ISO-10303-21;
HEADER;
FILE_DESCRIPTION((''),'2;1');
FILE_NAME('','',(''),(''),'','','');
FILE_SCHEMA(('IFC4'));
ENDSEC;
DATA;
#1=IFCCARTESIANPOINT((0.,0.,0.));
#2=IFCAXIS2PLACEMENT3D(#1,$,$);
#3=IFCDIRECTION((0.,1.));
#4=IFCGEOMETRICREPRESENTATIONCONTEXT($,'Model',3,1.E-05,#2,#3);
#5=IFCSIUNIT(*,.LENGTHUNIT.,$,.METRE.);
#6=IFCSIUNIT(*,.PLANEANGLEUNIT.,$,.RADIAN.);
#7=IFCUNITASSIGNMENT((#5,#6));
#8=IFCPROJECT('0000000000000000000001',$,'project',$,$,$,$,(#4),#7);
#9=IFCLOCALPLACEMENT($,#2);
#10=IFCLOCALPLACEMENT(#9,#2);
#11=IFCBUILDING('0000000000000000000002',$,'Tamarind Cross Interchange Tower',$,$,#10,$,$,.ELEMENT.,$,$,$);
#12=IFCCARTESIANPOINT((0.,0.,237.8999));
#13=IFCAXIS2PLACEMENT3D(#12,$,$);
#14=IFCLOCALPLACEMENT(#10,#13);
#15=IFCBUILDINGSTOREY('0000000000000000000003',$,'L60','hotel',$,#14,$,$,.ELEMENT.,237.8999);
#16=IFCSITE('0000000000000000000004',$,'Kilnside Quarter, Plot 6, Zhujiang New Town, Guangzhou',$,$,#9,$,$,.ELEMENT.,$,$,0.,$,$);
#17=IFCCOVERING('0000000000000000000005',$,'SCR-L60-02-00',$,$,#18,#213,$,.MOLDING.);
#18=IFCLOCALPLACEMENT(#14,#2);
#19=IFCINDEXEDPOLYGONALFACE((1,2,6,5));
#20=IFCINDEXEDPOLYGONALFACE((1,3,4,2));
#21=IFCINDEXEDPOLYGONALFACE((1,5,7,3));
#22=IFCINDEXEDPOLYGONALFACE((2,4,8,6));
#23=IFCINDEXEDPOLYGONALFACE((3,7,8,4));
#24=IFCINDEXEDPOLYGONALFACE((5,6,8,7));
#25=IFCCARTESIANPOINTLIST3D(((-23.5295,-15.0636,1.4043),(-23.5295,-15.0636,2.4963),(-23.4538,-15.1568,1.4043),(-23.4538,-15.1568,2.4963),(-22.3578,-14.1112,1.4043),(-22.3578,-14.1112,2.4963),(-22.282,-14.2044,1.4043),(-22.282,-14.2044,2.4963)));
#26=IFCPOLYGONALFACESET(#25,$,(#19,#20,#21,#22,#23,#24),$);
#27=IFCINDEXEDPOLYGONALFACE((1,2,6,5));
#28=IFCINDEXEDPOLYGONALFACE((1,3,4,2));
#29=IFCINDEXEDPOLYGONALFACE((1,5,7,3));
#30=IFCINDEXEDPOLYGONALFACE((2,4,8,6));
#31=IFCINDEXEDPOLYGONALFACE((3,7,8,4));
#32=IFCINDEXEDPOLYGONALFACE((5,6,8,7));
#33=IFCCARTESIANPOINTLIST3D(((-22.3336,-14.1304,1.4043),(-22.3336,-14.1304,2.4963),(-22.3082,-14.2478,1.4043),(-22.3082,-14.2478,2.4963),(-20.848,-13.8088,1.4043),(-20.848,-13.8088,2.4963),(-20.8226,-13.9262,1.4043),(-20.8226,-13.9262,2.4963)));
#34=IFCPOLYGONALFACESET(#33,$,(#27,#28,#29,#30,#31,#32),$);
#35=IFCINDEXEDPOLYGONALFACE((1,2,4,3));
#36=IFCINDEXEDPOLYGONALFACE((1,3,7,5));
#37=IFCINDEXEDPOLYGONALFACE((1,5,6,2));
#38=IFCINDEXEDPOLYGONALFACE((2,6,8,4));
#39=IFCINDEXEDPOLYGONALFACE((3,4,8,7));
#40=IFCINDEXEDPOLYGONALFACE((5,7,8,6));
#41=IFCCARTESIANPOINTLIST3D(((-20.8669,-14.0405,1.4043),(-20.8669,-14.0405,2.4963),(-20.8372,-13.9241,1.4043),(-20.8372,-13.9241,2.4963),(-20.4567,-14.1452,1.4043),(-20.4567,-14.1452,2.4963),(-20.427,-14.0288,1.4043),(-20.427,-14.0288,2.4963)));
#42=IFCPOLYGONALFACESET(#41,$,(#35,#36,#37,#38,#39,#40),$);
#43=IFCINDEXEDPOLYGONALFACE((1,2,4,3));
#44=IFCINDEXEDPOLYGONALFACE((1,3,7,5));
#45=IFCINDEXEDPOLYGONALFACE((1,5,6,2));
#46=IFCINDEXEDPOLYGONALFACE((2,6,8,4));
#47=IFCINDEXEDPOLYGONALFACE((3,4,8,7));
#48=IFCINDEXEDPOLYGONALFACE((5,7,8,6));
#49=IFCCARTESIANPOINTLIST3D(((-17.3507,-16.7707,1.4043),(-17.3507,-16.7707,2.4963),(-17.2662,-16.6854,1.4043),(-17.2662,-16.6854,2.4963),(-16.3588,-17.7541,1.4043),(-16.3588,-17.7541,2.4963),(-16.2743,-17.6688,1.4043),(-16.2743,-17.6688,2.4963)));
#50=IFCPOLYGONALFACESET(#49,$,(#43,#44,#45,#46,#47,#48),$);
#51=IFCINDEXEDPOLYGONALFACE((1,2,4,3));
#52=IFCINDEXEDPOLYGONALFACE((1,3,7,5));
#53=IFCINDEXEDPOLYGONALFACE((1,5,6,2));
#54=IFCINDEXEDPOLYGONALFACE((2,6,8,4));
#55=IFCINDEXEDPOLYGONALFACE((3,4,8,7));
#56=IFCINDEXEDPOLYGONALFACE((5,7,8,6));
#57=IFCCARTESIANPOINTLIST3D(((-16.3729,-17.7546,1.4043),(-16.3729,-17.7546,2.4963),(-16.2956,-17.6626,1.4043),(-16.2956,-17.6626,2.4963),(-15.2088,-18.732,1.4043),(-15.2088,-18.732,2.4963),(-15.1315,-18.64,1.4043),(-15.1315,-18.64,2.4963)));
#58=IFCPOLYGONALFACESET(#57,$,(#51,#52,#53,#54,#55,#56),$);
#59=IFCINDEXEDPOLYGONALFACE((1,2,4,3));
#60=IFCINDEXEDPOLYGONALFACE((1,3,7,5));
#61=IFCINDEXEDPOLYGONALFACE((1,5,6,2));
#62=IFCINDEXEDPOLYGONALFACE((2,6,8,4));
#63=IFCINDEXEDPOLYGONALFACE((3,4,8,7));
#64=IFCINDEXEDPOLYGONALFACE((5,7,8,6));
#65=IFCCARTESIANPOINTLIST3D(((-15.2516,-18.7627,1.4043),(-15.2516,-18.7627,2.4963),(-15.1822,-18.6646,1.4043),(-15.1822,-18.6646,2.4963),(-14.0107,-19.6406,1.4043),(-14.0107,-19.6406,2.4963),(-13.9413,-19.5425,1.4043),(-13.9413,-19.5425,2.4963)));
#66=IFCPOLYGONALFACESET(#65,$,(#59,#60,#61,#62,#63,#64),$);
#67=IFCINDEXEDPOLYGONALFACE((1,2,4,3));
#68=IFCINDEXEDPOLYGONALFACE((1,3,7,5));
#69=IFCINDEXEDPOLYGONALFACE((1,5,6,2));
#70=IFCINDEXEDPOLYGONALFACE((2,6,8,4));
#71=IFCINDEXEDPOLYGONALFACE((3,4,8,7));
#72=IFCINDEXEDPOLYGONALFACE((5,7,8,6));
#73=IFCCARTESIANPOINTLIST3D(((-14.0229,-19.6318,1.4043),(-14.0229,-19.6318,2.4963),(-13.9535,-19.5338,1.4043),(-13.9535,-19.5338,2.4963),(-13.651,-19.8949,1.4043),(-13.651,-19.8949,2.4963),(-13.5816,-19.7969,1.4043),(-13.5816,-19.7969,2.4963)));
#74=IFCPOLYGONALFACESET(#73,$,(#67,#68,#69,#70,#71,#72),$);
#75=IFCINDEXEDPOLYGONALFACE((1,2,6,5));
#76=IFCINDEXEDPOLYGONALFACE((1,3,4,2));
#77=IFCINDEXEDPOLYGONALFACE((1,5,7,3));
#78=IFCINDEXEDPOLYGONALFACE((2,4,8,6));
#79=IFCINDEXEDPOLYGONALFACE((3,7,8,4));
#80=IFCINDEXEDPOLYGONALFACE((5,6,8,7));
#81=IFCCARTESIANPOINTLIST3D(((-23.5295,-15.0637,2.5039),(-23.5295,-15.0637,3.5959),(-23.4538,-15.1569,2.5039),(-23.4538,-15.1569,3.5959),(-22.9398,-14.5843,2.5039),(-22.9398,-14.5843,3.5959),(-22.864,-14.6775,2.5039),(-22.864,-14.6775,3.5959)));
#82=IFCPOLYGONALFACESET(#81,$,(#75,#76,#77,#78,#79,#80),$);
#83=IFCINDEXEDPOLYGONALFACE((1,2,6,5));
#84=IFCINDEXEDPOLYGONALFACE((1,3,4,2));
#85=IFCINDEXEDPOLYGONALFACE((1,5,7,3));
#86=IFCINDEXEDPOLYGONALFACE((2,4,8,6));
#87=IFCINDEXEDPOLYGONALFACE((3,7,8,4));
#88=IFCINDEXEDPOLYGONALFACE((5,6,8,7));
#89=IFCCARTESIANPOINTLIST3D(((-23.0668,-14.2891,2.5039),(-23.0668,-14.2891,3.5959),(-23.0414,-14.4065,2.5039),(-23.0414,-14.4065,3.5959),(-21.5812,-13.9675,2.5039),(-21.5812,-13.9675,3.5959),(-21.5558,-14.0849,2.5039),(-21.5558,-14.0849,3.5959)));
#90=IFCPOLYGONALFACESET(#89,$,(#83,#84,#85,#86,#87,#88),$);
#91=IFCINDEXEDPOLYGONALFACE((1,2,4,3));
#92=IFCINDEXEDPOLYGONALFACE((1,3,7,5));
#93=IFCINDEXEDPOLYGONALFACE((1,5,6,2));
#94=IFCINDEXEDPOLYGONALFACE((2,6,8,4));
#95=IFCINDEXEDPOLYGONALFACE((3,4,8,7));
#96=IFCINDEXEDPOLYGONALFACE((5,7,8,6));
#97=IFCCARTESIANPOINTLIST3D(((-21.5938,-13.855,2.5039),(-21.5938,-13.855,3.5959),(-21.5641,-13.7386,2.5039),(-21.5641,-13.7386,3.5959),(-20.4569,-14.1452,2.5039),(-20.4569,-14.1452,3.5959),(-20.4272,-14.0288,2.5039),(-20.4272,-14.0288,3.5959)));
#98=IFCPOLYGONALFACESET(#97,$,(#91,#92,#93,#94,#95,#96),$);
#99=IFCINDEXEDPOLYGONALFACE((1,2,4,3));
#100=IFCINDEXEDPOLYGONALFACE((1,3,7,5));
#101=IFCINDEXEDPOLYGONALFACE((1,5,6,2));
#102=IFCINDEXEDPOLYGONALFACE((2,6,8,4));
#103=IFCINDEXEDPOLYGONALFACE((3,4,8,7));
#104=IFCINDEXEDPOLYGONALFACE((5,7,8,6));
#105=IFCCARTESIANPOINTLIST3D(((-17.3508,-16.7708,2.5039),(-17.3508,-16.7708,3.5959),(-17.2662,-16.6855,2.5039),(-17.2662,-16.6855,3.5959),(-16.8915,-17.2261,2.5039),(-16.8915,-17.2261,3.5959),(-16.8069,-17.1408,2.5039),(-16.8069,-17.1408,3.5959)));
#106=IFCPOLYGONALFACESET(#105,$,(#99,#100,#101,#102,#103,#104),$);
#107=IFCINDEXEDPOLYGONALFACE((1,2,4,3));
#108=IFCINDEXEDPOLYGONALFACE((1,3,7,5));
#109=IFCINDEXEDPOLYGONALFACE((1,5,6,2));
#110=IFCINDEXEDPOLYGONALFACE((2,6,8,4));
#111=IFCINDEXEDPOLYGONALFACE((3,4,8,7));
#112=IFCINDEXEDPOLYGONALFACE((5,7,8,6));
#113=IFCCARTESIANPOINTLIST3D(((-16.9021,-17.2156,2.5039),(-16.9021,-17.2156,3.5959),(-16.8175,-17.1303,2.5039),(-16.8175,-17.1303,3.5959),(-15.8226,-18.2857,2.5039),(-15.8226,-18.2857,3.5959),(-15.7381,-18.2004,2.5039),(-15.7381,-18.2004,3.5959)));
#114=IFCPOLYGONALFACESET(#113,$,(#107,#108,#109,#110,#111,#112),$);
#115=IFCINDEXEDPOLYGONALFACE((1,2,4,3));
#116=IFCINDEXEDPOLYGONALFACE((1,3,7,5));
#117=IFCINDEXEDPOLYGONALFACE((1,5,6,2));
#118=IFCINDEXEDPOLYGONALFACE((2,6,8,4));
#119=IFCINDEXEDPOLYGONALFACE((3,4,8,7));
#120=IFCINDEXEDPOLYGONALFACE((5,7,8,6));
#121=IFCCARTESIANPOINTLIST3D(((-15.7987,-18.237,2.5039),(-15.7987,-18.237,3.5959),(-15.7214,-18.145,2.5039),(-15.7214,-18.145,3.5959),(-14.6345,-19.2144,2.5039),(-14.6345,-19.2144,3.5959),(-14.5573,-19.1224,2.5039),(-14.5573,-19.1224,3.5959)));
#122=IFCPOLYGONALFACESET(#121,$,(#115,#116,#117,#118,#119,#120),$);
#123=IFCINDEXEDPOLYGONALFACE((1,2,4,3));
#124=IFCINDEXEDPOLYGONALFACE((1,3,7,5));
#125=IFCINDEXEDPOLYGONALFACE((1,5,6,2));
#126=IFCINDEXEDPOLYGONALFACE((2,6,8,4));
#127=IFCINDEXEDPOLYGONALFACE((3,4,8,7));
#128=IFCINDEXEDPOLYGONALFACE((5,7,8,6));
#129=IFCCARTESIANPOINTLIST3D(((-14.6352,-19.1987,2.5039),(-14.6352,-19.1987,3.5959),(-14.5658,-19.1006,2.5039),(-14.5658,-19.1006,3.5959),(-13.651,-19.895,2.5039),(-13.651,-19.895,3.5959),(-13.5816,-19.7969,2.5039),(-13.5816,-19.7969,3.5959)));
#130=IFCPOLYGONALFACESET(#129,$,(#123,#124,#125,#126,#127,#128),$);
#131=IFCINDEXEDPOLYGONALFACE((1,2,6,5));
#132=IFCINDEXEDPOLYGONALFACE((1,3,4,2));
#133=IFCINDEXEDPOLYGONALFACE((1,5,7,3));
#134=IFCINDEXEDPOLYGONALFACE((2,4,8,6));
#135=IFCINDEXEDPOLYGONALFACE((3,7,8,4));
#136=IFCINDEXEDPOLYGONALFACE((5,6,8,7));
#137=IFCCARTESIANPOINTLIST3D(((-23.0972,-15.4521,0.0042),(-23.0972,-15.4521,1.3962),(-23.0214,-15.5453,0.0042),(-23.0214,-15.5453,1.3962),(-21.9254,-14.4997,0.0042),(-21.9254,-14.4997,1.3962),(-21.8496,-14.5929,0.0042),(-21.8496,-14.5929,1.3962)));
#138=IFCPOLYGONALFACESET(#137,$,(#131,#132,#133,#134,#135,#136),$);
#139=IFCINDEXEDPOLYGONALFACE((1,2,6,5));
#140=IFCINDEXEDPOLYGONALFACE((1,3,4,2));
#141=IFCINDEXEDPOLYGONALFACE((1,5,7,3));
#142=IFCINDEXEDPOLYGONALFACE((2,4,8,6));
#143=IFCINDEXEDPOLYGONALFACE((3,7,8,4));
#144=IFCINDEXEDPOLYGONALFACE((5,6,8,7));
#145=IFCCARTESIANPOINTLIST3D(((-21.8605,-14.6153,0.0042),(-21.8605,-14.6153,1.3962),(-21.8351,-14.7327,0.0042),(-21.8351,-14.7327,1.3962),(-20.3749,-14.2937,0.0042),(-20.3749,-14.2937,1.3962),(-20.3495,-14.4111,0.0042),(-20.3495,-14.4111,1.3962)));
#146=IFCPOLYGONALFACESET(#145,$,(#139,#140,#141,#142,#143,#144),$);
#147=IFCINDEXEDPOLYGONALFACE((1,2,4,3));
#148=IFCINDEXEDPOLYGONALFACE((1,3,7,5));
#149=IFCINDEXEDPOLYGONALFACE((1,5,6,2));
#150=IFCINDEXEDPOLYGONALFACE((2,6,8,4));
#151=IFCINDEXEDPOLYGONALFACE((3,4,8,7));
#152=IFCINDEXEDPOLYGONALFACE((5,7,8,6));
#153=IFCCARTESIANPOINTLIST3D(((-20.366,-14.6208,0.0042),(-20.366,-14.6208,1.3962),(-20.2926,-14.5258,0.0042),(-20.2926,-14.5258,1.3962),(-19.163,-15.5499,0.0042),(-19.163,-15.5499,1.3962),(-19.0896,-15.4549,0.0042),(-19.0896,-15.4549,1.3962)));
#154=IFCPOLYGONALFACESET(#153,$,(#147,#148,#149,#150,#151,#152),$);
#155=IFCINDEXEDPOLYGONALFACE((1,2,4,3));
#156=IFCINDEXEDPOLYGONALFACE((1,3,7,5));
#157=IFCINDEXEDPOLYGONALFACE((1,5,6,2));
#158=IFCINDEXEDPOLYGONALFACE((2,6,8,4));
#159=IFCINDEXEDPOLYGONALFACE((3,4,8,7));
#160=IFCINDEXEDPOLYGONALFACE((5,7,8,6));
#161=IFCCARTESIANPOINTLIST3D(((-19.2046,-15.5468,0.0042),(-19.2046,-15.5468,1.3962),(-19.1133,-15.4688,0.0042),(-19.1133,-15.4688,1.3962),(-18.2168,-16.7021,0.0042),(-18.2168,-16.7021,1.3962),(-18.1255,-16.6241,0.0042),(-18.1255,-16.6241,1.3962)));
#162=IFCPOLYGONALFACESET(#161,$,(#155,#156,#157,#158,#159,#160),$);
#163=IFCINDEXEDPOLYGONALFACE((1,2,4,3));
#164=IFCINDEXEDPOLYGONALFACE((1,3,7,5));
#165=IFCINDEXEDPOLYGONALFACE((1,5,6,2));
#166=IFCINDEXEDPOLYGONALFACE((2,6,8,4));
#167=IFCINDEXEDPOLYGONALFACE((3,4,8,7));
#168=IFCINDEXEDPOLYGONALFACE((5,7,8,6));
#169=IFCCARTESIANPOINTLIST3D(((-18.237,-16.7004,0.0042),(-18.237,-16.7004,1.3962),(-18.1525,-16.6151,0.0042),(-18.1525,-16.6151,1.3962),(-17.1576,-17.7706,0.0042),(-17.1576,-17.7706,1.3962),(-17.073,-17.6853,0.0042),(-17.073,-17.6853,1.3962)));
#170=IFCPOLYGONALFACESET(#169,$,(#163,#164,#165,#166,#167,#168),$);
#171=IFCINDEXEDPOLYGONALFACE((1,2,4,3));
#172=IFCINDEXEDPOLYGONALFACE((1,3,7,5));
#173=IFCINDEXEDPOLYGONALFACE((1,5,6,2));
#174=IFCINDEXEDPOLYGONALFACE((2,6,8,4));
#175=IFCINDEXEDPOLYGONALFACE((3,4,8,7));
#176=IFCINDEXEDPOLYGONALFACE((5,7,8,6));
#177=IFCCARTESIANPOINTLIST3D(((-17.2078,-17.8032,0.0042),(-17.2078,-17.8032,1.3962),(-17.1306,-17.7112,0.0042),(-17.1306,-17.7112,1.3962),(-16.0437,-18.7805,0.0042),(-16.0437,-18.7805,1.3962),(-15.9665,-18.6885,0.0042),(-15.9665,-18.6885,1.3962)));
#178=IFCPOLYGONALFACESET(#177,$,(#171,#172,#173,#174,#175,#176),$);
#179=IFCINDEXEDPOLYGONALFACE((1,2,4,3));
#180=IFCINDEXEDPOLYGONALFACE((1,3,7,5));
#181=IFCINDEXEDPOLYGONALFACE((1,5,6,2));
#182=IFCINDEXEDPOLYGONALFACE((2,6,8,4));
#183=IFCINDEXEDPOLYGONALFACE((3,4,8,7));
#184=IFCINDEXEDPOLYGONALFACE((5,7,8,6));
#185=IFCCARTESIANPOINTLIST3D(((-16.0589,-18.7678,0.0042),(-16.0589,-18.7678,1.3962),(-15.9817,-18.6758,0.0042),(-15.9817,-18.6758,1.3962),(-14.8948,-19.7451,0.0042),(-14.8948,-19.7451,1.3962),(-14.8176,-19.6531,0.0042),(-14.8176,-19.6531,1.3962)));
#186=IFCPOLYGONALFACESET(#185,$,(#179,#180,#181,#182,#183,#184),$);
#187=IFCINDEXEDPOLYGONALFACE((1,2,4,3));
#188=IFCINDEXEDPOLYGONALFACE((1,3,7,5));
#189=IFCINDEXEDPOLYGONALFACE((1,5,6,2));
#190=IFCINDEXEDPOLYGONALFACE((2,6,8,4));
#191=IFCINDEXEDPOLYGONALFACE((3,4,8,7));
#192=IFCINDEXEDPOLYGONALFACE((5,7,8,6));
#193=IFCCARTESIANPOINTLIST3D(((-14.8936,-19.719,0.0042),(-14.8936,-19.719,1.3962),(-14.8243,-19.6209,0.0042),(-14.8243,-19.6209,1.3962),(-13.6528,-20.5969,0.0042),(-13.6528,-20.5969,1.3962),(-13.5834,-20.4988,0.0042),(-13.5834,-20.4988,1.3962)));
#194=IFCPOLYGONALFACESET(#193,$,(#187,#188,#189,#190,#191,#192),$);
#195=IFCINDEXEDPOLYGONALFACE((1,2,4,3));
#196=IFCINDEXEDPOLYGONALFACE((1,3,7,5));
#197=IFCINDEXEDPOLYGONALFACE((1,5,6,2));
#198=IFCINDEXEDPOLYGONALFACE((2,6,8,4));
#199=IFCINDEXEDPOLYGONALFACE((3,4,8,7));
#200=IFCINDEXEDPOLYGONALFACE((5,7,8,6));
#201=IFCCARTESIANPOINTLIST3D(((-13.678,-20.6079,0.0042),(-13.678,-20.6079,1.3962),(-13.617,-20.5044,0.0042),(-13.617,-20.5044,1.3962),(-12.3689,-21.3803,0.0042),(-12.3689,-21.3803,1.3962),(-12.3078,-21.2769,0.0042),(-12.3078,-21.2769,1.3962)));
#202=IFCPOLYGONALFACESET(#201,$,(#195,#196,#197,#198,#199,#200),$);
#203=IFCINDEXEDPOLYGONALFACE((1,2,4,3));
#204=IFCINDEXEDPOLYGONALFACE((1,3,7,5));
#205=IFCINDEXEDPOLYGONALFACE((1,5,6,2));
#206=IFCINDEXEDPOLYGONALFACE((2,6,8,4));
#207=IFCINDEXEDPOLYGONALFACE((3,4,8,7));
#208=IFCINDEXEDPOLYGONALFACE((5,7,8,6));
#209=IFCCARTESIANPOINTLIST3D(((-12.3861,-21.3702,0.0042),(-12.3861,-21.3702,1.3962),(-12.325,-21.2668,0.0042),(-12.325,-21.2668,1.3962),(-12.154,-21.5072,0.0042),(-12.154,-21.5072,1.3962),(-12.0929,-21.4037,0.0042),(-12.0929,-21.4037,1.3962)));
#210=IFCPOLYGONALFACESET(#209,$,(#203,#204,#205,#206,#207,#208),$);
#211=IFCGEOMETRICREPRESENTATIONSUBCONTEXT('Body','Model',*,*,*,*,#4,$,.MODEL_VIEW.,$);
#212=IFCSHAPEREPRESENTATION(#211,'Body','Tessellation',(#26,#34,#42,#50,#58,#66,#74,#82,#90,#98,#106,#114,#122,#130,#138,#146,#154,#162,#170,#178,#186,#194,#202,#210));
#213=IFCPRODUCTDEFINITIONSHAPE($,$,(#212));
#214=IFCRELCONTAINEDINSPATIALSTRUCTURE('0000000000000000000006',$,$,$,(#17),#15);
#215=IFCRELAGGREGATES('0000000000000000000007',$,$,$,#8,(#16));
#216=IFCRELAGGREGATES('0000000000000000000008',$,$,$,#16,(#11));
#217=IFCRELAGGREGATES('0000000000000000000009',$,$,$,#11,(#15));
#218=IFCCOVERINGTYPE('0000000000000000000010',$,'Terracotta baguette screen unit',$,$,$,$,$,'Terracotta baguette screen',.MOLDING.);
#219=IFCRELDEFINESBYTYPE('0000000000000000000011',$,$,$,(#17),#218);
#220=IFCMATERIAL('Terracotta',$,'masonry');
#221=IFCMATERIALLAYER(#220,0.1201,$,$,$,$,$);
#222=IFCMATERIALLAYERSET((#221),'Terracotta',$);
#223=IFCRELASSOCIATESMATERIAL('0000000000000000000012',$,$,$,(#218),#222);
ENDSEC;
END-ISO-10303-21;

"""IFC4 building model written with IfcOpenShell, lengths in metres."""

from ifc_helpers import new_model, si_unit, direction, frame, origin, origin_2d, place, context, subcontext, project, spatial, rectangle, extrude, material, layer, layer_set, type_object, element, save


model = new_model("IFC4")

# Units and contexts
model_context = context("Model", 3, precision=1e-05, world=origin(), true_north=direction((0.0, 1.0)))
body_context = subcontext(model_context, "Body", "Model", "MODEL_VIEW")
ifc_project = project(units=[si_unit("LENGTHUNIT", "METRE"), si_unit("PLANEANGLEUNIT", "RADIAN")], contexts=[model_context])

# Site, building, storey
site_placement = place(None, origin())
site = spatial("IfcSite", under=ifc_project, at=site_placement, Name="Kilnside Quarter, Plot 6, Zhujiang New Town, Guangzhou", CompositionType="ELEMENT", RefElevation=0.0)
building_placement = place(site_placement, origin())
building = spatial("IfcBuilding", under=site, at=building_placement, Name="Tamarind Cross Interchange Tower", CompositionType="ELEMENT")
storey_placement = place(building_placement, frame((0.0, 0.0, 237.8999)))
storey = spatial("IfcBuildingStorey", under=building, at=storey_placement, Name="L60", Description="hotel", CompositionType="ELEMENT", Elevation=237.8999)

# Covering
ifc_material_1 = material(Name="Terracotta", Category="masonry")
ifc_layer_1 = layer(ifc_material_1, 0.1201)
ifc_layer_set_1 = layer_set([ifc_layer_1], Name="Terracotta")
covering_type = type_object("IfcCoveringType", Name="Terracotta baguette screen unit", ElementType="Terracotta baguette screen", PredefinedType="MOLDING", material=ifc_layer_set_1)
covering_1_placement = place(storey_placement, origin())
element("IfcCovering", 1, at=covering_1_placement, inside=storey, type_object=covering_type, Name="SCR-L60-02-00", PredefinedType="MOLDING", context=body_context, shape_type="SweptSolid", body=[
    extrude(rectangle(XDim=1.51, YDim=0.1201, at=origin_2d()), frame((-22.9058, -14.634, 1.4043), z_axis=(0.0, 0.0, 1.0), x_axis=(0.77601, 0.630721, 0.0)), (0.0, 0.0, 1.0), 1.092),
    extrude(rectangle(XDim=1.52, YDim=0.1201, at=origin_2d()), frame((-21.5781, -14.0283, 1.4043), z_axis=(0.0, 0.0, 1.0), x_axis=(0.977355, 0.211607, 0.0)), (0.0, 0.0, 1.0), 1.092),
    extrude(rectangle(XDim=0.4233, YDim=0.1201, at=origin_2d()), frame((-20.647, -14.0347, 1.4043), z_axis=(0.0, 0.0, 1.0), x_axis=(0.968919, -0.247379, 0.0)), (0.0, 0.0, 1.0), 1.092),
    extrude(rectangle(XDim=1.3967, YDim=0.1201, at=origin_2d()), frame((-16.8125, -17.2197, 1.4043), z_axis=(0.0, 0.0, 1.0), x_axis=(0.710143, -0.704057, 0.0)), (0.0, 0.0, 1.0), 1.092),
    extrude(rectangle(XDim=1.52, YDim=0.1201, at=origin_2d()), frame((-15.7522, -18.1973, 1.4043), z_axis=(0.0, 0.0, 1.0), x_axis=(0.765858, -0.643009, 0.0)), (0.0, 0.0, 1.0), 1.092),
    extrude(rectangle(XDim=1.52, YDim=0.1201, at=origin_2d()), frame((-14.5964, -19.1526, 1.4043), z_axis=(0.0, 0.0, 1.0), x_axis=(0.816342, -0.577569, 0.0)), (0.0, 0.0, 1.0), 1.092),
    extrude(rectangle(XDim=0.4556, YDim=0.1201, at=origin_2d()), frame((-13.8022, -19.7144, 1.4043), z_axis=(0.0, 0.0, 1.0), x_axis=(0.816342, -0.577569, 0.0)), (0.0, 0.0, 1.0), 1.092),
    extrude(rectangle(XDim=0.76, YDim=0.1201, at=origin_2d()), frame((-23.1968, -14.8706, 2.5039), z_axis=(0.0, 0.0, 1.0), x_axis=(0.77601, 0.630721, 0.0)), (0.0, 0.0, 1.0), 1.092),
    extrude(rectangle(XDim=1.52, YDim=0.1201, at=origin_2d()), frame((-22.3113, -14.187, 2.5039), z_axis=(0.0, 0.0, 1.0), x_axis=(0.977355, 0.211607, 0.0)), (0.0, 0.0, 1.0), 1.092),
    extrude(rectangle(XDim=1.1733, YDim=0.1201, at=origin_2d()), frame((-21.0105, -13.9419, 2.5039), z_axis=(0.0, 0.0, 1.0), x_axis=(0.968919, -0.247379, 0.0)), (0.0, 0.0, 1.0), 1.092),
    extrude(rectangle(XDim=0.6467, YDim=0.1201, at=origin_2d()), frame((-17.0789, -16.9558, 2.5039), z_axis=(0.0, 0.0, 1.0), x_axis=(0.710143, -0.704057, 0.0)), (0.0, 0.0, 1.0), 1.092),
    extrude(rectangle(XDim=1.52, YDim=0.1201, at=origin_2d()), frame((-16.3201, -17.708, 2.5039), z_axis=(0.0, 0.0, 1.0), x_axis=(0.710143, -0.704057, 0.0)), (0.0, 0.0, 1.0), 1.092),
    extrude(rectangle(XDim=1.52, YDim=0.1201, at=origin_2d()), frame((-15.178, -18.6797, 2.5039), z_axis=(0.0, 0.0, 1.0), x_axis=(0.765858, -0.643009, 0.0)), (0.0, 0.0, 1.0), 1.092),
    extrude(rectangle(XDim=1.2056, YDim=0.1201, at=origin_2d()), frame((-14.1084, -19.4978, 2.5039), z_axis=(0.0, 0.0, 1.0), x_axis=(0.816342, -0.577569, 0.0)), (0.0, 0.0, 1.0), 1.092),
    extrude(rectangle(XDim=1.51, YDim=0.1201, at=origin_2d()), frame((-22.4734, -15.0225, 0.0042), z_axis=(0.0, 0.0, 1.0), x_axis=(0.77601, 0.630721, 0.0)), (0.0, 0.0, 1.0), 1.3921),
    extrude(rectangle(XDim=1.52, YDim=0.1201, at=origin_2d()), frame((-21.105, -14.5132, 0.0042), z_axis=(0.0, 0.0, 1.0), x_axis=(0.977355, 0.211607, 0.0)), (0.0, 0.0, 1.0), 1.3921),
    extrude(rectangle(XDim=1.52, YDim=0.1201, at=origin_2d()), frame((-19.7278, -15.0378, 0.0042), z_axis=(0.0, 0.0, 1.0), x_axis=(0.791441, -0.611246, 0.0)), (0.0, 0.0, 1.0), 1.3921),
    extrude(rectangle(XDim=1.52, YDim=0.1201, at=origin_2d()), frame((-18.665, -16.0854, 0.0042), z_axis=(0.0, 0.0, 1.0), x_axis=(0.649844, -0.760068, 0.0)), (0.0, 0.0, 1.0), 1.3921),
    extrude(rectangle(XDim=1.52, YDim=0.1201, at=origin_2d()), frame((-17.655, -17.1929, 0.0042), z_axis=(0.0, 0.0, 1.0), x_axis=(0.710143, -0.704057, 0.0)), (0.0, 0.0, 1.0), 1.3921),
    extrude(rectangle(XDim=1.52, YDim=0.1201, at=origin_2d()), frame((-16.5872, -18.2458, 0.0042), z_axis=(0.0, 0.0, 1.0), x_axis=(0.765858, -0.643009, 0.0)), (0.0, 0.0, 1.0), 1.3921),
    extrude(rectangle(XDim=1.52, YDim=0.1201, at=origin_2d()), frame((-15.4382, -19.2104, 0.0042), z_axis=(0.0, 0.0, 1.0), x_axis=(0.765858, -0.643009, 0.0)), (0.0, 0.0, 1.0), 1.3921),
    extrude(rectangle(XDim=1.52, YDim=0.1201, at=origin_2d()), frame((-14.2385, -20.1089, 0.0042), z_axis=(0.0, 0.0, 1.0), x_axis=(0.816342, -0.577569, 0.0)), (0.0, 0.0, 1.0), 1.3921),
    extrude(rectangle(XDim=1.52, YDim=0.1201, at=origin_2d()), frame((-12.9929, -20.9424, 0.0042), z_axis=(0.0, 0.0, 1.0), x_axis=(0.861249, -0.508183, 0.0)), (0.0, 0.0, 1.0), 1.3921),
    extrude(rectangle(XDim=0.2695, YDim=0.1201, at=origin_2d()), frame((-12.2395, -21.387, 0.0042), z_axis=(0.0, 0.0, 1.0), x_axis=(0.861249, -0.508183, 0.0)), (0.0, 0.0, 1.0), 1.3921),
])

save(model, "model.ifc")
